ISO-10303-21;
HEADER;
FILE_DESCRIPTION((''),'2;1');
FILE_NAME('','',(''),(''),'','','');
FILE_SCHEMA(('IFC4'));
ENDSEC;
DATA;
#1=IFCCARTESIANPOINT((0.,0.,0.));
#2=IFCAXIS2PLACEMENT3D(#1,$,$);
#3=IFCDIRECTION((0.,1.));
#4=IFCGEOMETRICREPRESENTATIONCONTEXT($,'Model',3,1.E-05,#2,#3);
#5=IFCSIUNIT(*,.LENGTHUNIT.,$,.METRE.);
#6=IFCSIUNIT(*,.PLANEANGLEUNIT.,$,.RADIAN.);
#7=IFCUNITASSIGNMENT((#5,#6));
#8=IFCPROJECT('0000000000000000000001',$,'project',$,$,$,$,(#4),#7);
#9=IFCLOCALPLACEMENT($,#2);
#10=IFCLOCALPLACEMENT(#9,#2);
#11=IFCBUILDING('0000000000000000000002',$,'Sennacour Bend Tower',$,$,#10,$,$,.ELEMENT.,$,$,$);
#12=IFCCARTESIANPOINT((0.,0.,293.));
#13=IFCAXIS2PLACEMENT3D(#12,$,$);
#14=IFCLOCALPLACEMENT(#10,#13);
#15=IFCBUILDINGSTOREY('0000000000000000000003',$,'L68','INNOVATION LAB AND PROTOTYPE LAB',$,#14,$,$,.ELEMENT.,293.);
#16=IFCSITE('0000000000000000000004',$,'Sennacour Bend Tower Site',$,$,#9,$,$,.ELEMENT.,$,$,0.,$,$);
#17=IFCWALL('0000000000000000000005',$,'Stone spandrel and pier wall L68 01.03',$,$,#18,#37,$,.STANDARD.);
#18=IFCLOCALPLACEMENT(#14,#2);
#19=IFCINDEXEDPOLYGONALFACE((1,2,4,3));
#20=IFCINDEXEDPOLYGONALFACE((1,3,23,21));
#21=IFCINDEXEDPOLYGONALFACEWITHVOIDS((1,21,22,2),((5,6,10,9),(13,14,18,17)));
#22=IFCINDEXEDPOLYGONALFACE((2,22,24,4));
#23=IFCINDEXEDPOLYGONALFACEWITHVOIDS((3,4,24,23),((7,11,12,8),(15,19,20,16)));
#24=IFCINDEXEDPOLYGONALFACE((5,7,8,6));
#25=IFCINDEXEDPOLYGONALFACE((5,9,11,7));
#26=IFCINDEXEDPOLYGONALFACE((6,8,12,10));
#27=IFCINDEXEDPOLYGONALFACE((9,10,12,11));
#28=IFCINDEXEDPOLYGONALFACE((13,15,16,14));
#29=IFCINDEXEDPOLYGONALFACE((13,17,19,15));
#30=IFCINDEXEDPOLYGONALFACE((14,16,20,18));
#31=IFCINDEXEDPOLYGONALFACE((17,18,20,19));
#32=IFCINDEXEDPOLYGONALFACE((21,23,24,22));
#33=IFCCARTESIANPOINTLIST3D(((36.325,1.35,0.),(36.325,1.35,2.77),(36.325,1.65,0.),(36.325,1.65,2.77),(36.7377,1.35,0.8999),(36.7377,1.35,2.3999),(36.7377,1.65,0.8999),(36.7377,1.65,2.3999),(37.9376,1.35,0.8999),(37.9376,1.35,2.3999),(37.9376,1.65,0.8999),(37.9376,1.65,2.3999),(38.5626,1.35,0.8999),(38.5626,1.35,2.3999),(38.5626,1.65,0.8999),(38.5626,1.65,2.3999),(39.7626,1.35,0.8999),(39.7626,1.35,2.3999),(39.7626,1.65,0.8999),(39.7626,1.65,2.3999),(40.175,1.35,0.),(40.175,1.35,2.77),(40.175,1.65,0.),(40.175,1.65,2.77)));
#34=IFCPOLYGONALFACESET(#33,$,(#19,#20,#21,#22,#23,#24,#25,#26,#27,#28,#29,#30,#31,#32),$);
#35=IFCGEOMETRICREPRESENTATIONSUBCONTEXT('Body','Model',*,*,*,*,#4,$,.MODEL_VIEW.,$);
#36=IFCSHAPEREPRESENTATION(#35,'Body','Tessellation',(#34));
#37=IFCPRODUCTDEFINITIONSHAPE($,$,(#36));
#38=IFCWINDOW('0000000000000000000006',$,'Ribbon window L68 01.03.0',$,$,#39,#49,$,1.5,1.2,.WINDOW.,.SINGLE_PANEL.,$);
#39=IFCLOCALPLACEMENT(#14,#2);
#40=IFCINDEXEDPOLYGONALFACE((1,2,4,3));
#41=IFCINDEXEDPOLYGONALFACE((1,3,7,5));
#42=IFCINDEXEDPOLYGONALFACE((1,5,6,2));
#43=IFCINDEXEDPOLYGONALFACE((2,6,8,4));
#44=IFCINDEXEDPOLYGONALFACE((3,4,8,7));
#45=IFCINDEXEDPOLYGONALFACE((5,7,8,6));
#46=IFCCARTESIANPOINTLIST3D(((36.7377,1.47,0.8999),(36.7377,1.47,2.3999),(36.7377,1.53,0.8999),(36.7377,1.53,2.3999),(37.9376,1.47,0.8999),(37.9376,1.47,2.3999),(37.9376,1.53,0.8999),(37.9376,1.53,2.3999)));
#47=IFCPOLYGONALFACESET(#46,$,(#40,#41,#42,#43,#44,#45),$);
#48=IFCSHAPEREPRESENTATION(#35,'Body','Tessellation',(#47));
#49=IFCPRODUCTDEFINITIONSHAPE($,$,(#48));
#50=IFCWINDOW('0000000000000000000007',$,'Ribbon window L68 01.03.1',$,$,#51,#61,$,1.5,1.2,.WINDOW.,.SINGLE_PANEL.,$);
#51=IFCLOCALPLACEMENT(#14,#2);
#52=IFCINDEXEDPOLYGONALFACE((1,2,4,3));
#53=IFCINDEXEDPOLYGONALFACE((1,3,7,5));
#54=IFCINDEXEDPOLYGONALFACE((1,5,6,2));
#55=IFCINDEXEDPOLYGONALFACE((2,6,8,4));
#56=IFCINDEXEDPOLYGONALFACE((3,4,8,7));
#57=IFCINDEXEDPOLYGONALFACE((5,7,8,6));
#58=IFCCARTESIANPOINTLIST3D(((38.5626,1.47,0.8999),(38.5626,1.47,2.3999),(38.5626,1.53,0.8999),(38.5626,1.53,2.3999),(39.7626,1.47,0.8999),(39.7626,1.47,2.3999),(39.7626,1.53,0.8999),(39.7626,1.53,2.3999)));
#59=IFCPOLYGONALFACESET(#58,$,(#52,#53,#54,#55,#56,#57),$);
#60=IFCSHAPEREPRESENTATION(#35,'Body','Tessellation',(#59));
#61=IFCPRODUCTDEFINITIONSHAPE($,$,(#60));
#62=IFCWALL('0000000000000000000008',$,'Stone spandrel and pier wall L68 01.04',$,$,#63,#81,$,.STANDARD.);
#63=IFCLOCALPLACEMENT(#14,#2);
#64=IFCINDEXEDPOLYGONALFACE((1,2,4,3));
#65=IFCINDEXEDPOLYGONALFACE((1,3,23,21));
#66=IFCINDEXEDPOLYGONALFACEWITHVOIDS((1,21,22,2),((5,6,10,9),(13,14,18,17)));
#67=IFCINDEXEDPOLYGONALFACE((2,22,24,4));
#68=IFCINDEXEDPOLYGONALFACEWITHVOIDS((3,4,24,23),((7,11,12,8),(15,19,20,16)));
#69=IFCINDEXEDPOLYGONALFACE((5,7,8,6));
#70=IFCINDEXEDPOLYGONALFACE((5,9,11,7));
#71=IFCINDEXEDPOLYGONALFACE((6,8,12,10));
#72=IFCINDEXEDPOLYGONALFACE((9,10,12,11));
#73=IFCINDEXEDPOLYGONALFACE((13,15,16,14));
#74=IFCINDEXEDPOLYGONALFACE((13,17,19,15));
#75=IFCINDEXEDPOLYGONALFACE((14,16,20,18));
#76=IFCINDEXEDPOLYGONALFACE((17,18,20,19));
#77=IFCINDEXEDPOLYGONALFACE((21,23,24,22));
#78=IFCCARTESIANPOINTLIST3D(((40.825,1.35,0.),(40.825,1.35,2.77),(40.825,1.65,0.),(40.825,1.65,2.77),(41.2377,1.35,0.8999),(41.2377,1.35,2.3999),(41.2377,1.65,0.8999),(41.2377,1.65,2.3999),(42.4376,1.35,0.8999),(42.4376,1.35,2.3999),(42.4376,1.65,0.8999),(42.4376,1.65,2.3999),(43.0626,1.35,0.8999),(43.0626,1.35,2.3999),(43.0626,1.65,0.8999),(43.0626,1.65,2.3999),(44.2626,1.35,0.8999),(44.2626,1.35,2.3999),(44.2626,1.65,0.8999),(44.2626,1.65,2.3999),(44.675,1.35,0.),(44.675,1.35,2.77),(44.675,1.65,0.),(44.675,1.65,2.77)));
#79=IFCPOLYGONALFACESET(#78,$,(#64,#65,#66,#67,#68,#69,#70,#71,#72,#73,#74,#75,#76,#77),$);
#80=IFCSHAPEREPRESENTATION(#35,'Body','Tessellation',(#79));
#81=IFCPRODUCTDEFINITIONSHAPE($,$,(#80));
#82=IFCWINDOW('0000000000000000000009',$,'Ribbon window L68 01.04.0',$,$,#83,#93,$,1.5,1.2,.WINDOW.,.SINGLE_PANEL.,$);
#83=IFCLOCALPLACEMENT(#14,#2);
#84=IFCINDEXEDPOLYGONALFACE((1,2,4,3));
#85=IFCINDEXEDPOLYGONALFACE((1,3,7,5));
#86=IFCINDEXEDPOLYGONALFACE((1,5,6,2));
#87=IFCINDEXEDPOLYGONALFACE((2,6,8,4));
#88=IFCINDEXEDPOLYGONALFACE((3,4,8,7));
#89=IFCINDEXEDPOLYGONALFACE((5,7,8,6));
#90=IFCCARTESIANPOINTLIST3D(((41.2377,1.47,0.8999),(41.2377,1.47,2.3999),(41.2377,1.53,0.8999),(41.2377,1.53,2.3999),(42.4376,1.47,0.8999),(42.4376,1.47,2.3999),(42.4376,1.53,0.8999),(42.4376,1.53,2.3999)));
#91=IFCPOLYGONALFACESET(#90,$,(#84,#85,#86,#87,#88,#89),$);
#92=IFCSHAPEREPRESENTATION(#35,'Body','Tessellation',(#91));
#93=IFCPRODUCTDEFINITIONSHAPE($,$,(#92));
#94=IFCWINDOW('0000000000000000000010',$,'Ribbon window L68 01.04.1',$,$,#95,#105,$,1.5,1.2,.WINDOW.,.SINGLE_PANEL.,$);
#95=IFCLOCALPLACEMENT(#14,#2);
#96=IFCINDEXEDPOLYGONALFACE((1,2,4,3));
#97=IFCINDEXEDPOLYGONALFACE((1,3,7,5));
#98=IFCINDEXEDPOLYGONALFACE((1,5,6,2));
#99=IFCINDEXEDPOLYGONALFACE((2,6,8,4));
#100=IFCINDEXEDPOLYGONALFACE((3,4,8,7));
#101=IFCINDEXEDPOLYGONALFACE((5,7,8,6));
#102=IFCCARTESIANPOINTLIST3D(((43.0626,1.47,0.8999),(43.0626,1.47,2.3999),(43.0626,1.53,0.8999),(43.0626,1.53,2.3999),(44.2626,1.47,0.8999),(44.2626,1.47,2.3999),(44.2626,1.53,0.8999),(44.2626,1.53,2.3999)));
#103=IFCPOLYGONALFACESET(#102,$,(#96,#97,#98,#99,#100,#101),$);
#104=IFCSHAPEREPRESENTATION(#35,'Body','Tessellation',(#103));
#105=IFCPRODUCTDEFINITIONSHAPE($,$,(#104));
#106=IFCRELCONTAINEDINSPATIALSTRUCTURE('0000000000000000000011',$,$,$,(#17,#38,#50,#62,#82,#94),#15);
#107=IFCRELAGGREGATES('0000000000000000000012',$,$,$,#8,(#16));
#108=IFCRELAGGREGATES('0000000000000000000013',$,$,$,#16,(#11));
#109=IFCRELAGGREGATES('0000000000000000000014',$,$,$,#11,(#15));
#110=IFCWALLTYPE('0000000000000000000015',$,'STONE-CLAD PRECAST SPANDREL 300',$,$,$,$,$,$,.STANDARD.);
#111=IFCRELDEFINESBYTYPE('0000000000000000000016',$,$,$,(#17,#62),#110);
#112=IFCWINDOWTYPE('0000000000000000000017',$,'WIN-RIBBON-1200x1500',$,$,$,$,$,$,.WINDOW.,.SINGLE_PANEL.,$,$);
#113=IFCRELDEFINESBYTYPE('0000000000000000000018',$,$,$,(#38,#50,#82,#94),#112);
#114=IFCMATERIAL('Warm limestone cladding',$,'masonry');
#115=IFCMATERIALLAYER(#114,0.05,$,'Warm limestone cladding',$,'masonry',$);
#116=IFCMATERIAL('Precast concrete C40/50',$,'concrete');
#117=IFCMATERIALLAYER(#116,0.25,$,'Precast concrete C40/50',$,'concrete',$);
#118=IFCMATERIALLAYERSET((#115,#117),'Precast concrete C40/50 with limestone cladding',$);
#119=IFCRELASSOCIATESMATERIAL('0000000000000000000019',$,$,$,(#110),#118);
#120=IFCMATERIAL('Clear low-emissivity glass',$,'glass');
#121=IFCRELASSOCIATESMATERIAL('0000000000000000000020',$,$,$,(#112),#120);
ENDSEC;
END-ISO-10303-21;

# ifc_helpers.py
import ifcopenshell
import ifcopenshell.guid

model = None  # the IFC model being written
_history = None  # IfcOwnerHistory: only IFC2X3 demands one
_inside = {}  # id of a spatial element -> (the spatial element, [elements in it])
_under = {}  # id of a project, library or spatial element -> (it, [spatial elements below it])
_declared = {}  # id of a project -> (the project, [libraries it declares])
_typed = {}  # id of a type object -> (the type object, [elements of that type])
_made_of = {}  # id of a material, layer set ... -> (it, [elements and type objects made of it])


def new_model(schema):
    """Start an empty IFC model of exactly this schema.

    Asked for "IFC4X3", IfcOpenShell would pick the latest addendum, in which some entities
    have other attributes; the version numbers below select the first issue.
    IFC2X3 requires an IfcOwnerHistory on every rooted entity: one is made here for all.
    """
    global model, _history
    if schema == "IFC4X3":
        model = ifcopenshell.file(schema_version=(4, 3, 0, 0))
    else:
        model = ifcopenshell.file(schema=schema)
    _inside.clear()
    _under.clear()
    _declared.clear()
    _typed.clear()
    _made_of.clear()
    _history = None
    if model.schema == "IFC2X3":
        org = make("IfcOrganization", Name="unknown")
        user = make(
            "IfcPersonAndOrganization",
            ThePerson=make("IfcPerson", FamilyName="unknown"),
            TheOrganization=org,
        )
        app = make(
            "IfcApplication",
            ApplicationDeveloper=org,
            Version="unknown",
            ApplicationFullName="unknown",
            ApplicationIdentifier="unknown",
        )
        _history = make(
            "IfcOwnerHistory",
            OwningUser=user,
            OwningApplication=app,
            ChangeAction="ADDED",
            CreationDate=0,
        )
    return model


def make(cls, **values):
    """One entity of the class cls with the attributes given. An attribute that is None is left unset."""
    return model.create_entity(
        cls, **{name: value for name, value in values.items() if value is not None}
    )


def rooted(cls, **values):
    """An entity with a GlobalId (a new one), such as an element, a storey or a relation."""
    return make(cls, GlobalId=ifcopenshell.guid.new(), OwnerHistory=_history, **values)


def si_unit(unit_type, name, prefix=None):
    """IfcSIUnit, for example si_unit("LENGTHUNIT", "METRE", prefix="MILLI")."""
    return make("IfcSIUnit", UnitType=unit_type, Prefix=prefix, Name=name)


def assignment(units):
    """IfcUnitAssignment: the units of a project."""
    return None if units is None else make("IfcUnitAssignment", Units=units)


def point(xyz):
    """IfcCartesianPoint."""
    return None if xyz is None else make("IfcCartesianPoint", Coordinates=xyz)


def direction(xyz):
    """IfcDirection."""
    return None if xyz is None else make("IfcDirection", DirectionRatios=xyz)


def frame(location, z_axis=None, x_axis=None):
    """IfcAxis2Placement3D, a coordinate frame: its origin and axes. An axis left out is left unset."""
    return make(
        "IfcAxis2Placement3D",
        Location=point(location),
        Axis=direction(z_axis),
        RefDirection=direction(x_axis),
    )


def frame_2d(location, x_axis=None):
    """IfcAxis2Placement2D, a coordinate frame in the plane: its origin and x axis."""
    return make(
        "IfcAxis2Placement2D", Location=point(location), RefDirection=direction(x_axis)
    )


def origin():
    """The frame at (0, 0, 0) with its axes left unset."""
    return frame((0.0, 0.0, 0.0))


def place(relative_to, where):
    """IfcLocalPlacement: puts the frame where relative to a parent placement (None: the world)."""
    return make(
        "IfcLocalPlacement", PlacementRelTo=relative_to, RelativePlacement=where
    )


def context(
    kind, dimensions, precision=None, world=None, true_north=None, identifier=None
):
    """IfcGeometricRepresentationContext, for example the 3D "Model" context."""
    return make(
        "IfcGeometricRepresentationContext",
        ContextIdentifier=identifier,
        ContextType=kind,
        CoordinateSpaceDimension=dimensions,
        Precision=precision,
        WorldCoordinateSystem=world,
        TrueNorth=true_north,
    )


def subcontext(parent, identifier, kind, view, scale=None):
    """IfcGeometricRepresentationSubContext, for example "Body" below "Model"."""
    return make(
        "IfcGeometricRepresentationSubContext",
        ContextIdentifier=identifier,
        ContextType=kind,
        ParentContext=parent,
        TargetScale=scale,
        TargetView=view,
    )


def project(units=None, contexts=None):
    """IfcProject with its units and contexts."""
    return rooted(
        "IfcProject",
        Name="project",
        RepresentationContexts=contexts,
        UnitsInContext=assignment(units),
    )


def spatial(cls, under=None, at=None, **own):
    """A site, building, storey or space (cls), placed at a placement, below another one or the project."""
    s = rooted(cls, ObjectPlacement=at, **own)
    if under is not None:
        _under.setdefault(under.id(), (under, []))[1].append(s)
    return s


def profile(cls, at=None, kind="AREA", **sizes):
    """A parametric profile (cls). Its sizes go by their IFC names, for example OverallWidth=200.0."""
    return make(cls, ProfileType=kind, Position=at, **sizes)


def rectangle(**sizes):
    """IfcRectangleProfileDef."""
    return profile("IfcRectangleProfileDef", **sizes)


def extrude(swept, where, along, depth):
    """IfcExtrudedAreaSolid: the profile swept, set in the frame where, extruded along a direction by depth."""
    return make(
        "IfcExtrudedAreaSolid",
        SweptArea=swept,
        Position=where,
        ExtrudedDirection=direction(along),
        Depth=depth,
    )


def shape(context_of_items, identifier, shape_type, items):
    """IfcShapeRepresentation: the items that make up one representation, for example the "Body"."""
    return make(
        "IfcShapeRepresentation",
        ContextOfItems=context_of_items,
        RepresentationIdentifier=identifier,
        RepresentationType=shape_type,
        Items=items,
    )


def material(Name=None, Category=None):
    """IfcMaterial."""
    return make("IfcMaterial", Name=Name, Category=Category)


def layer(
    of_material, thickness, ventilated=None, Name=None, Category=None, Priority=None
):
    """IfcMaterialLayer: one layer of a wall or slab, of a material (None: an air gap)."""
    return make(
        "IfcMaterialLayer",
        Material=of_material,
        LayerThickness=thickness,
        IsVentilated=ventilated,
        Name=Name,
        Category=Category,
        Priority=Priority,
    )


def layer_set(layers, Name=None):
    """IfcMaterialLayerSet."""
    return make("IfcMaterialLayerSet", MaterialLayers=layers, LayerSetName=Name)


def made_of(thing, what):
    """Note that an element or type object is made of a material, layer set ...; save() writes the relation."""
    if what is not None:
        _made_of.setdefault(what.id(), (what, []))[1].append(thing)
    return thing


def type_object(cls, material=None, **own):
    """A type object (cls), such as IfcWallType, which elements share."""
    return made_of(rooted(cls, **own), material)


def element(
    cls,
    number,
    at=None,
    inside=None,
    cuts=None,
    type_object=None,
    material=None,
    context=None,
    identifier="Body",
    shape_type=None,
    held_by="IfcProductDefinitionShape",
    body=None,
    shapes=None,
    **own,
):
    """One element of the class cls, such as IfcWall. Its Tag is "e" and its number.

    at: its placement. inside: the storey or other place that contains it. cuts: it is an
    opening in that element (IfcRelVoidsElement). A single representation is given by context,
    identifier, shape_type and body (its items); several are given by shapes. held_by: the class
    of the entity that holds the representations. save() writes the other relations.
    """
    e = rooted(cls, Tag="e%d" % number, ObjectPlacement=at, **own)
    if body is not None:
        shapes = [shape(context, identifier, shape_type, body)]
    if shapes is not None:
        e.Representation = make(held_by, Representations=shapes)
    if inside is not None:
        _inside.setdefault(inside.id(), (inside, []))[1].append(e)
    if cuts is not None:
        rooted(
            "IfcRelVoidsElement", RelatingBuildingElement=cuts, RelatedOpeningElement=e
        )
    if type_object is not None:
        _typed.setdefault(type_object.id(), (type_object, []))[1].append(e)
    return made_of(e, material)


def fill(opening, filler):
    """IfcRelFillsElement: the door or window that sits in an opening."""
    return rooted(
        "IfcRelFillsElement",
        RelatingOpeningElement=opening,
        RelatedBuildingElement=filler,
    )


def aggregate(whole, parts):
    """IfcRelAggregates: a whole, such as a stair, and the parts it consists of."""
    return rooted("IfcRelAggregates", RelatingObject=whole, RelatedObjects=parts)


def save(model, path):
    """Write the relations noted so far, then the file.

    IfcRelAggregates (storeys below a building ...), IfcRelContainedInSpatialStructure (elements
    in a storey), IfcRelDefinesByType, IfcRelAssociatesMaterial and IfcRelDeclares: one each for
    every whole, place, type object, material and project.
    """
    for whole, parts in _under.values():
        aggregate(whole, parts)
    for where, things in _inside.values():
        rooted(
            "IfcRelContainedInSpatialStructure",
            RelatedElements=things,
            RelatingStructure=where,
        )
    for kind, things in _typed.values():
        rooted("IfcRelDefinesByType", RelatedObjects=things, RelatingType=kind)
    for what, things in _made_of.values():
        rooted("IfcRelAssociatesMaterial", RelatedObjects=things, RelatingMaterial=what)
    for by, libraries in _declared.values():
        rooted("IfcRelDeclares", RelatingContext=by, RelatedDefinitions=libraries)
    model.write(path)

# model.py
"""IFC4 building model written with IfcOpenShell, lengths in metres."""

from ifc_helpers import new_model, si_unit, direction, frame, frame_2d, origin, place, context, subcontext, project, spatial, rectangle, extrude, material, layer, layer_set, type_object, element, fill, save


model = new_model("IFC4")

# Units and contexts
model_context = context("Model", 3, precision=1e-05, world=origin(), true_north=direction((0.0, 1.0)))
body_context = subcontext(model_context, "Body", "Model", "MODEL_VIEW")
ifc_project = project(units=[si_unit("LENGTHUNIT", "METRE"), si_unit("PLANEANGLEUNIT", "RADIAN")], contexts=[model_context])

# Site, building, storey
site_placement = place(None, origin())
site = spatial("IfcSite", under=ifc_project, at=site_placement, Name="Sennacour Bend Tower Site", CompositionType="ELEMENT", RefElevation=0.0)
building_placement = place(site_placement, origin())
building = spatial("IfcBuilding", under=site, at=building_placement, Name="Sennacour Bend Tower", CompositionType="ELEMENT")
storey_placement = place(building_placement, frame((0.0, 0.0, 293.0)))
storey = spatial("IfcBuildingStorey", under=building, at=storey_placement, Name="L68", Description="INNOVATION LAB AND PROTOTYPE LAB", CompositionType="ELEMENT", Elevation=293.0)

# Walls, openings, windows
ifc_material_1 = material(Name="Warm limestone cladding", Category="masonry")
ifc_layer_1 = layer(ifc_material_1, 0.05, Name="Warm limestone cladding", Category="masonry")
ifc_material_2 = material(Name="Precast concrete C40/50", Category="concrete")
ifc_layer_2 = layer(ifc_material_2, 0.25, Name="Precast concrete C40/50", Category="concrete")
ifc_layer_set_1 = layer_set([ifc_layer_1, ifc_layer_2], Name="Precast concrete C40/50 with limestone cladding")
wall_type_1 = type_object("IfcWallType", Name="STONE-CLAD PRECAST SPANDREL 300", PredefinedType="STANDARD", material=ifc_layer_set_1)
wall_1_placement = place(storey_placement, frame((36.325, 1.5, 0.0), z_axis=(0.0, 0.0, 1.0), x_axis=(1.0, 0.0, 0.0)))
wall_1 = element("IfcWall", 1, at=wall_1_placement, inside=storey, type_object=wall_type_1, Name="Stone spandrel and pier wall L68 01.03", PredefinedType="STANDARD", context=body_context, shape_type="SweptSolid", body=[
    extrude(rectangle(XDim=3.8501, YDim=0.3, at=frame_2d((1.925, 0.0))), origin(), (0.0, 0.0, 1.0), 2.77),
])
opening_1_placement = place(wall_1_placement, frame((0.4126, 0.0, 0.8999)))
opening_1 = element("IfcOpeningElement", 2, at=opening_1_placement, cuts=wall_1, PredefinedType="OPENING", context=body_context, shape_type="SweptSolid", body=[
    extrude(rectangle(XDim=1.2, YDim=1.5, at=frame_2d((0.6001, 0.75))), frame((0.0, 0.1602, 0.0), z_axis=(0.0, -1.0, 0.0), x_axis=(1.0, 0.0, 0.0)), (0.0, 0.0, 1.0), 0.3201),
])
opening_2_placement = place(wall_1_placement, frame((2.2375, 0.0, 0.8999)))
opening_2 = element("IfcOpeningElement", 3, at=opening_2_placement, cuts=wall_1, PredefinedType="OPENING", context=body_context, shape_type="SweptSolid", body=[
    extrude(rectangle(XDim=1.2, YDim=1.5, at=frame_2d((0.6001, 0.75))), frame((0.0, 0.1602, 0.0), z_axis=(0.0, -1.0, 0.0), x_axis=(1.0, 0.0, 0.0)), (0.0, 0.0, 1.0), 0.3201),
])
ifc_material_3 = material(Name="Clear low-emissivity glass", Category="glass")
window_type = type_object("IfcWindowType", Name="WIN-RIBBON-1200x1500", PartitioningType="SINGLE_PANEL", PredefinedType="WINDOW", material=ifc_material_3)
window_1_placement = place(opening_1_placement, origin())
window_1 = element("IfcWindow", 4, at=window_1_placement, inside=storey, type_object=window_type, Name="Ribbon window L68 01.03.0", OverallHeight=1.5, OverallWidth=1.2, PartitioningType="SINGLE_PANEL", PredefinedType="WINDOW", context=body_context, shape_type="SweptSolid", body=[
    extrude(rectangle(XDim=1.2, YDim=1.5, at=frame_2d((0.6001, 0.75))), frame((0.0, 0.03, 0.0), z_axis=(0.0, -1.0, 0.0), x_axis=(1.0, 0.0, 0.0)), (0.0, 0.0, 1.0), 0.0601),
])
fill(opening_1, window_1)
window_2_placement = place(opening_2_placement, origin())
window_2 = element("IfcWindow", 5, at=window_2_placement, inside=storey, type_object=window_type, Name="Ribbon window L68 01.03.1", OverallHeight=1.5, OverallWidth=1.2, PartitioningType="SINGLE_PANEL", PredefinedType="WINDOW", context=body_context, shape_type="SweptSolid", body=[
    extrude(rectangle(XDim=1.2, YDim=1.5, at=frame_2d((0.6001, 0.75))), frame((0.0, 0.03, 0.0), z_axis=(0.0, -1.0, 0.0), x_axis=(1.0, 0.0, 0.0)), (0.0, 0.0, 1.0), 0.0601),
])
fill(opening_2, window_2)
wall_2_placement = place(storey_placement, frame((40.825, 1.5, 0.0), z_axis=(0.0, 0.0, 1.0), x_axis=(1.0, 0.0, 0.0)))
wall_2 = element("IfcWall", 6, at=wall_2_placement, inside=storey, type_object=wall_type_1, Name="Stone spandrel and pier wall L68 01.04", PredefinedType="STANDARD", context=body_context, shape_type="SweptSolid", body=[
    extrude(rectangle(XDim=3.8501, YDim=0.3, at=frame_2d((1.925, 0.0))), origin(), (0.0, 0.0, 1.0), 2.77),
])
opening_3_placement = place(wall_2_placement, frame((0.4126, 0.0, 0.8999)))
opening_3 = element("IfcOpeningElement", 7, at=opening_3_placement, cuts=wall_2, PredefinedType="OPENING", context=body_context, shape_type="SweptSolid", body=[
    extrude(rectangle(XDim=1.2, YDim=1.5, at=frame_2d((0.6001, 0.75))), frame((0.0, 0.1602, 0.0), z_axis=(0.0, -1.0, 0.0), x_axis=(1.0, 0.0, 0.0)), (0.0, 0.0, 1.0), 0.3201),
])
opening_4_placement = place(wall_2_placement, frame((2.2375, 0.0, 0.8999)))
opening_4 = element("IfcOpeningElement", 8, at=opening_4_placement, cuts=wall_2, PredefinedType="OPENING", context=body_context, shape_type="SweptSolid", body=[
    extrude(rectangle(XDim=1.2, YDim=1.5, at=frame_2d((0.6001, 0.75))), frame((0.0, 0.1602, 0.0), z_axis=(0.0, -1.0, 0.0), x_axis=(1.0, 0.0, 0.0)), (0.0, 0.0, 1.0), 0.3201),
])
window_3_placement = place(opening_3_placement, origin())
window_3 = element("IfcWindow", 9, at=window_3_placement, inside=storey, type_object=window_type, Name="Ribbon window L68 01.04.0", OverallHeight=1.5, OverallWidth=1.2, PartitioningType="SINGLE_PANEL", PredefinedType="WINDOW", context=body_context, shape_type="SweptSolid", body=[
    extrude(rectangle(XDim=1.2, YDim=1.5, at=frame_2d((0.6001, 0.75))), frame((0.0, 0.03, 0.0), z_axis=(0.0, -1.0, 0.0), x_axis=(1.0, 0.0, 0.0)), (0.0, 0.0, 1.0), 0.0601),
])
fill(opening_3, window_3)
window_4_placement = place(opening_4_placement, origin())
window_4 = element("IfcWindow", 10, at=window_4_placement, inside=storey, type_object=window_type, Name="Ribbon window L68 01.04.1", OverallHeight=1.5, OverallWidth=1.2, PartitioningType="SINGLE_PANEL", PredefinedType="WINDOW", context=body_context, shape_type="SweptSolid", body=[
    extrude(rectangle(XDim=1.2, YDim=1.5, at=frame_2d((0.6001, 0.75))), frame((0.0, 0.03, 0.0), z_axis=(0.0, -1.0, 0.0), x_axis=(1.0, 0.0, 0.0)), (0.0, 0.0, 1.0), 0.0601),
])
fill(opening_4, window_4)

save(model, "model.ifc")
